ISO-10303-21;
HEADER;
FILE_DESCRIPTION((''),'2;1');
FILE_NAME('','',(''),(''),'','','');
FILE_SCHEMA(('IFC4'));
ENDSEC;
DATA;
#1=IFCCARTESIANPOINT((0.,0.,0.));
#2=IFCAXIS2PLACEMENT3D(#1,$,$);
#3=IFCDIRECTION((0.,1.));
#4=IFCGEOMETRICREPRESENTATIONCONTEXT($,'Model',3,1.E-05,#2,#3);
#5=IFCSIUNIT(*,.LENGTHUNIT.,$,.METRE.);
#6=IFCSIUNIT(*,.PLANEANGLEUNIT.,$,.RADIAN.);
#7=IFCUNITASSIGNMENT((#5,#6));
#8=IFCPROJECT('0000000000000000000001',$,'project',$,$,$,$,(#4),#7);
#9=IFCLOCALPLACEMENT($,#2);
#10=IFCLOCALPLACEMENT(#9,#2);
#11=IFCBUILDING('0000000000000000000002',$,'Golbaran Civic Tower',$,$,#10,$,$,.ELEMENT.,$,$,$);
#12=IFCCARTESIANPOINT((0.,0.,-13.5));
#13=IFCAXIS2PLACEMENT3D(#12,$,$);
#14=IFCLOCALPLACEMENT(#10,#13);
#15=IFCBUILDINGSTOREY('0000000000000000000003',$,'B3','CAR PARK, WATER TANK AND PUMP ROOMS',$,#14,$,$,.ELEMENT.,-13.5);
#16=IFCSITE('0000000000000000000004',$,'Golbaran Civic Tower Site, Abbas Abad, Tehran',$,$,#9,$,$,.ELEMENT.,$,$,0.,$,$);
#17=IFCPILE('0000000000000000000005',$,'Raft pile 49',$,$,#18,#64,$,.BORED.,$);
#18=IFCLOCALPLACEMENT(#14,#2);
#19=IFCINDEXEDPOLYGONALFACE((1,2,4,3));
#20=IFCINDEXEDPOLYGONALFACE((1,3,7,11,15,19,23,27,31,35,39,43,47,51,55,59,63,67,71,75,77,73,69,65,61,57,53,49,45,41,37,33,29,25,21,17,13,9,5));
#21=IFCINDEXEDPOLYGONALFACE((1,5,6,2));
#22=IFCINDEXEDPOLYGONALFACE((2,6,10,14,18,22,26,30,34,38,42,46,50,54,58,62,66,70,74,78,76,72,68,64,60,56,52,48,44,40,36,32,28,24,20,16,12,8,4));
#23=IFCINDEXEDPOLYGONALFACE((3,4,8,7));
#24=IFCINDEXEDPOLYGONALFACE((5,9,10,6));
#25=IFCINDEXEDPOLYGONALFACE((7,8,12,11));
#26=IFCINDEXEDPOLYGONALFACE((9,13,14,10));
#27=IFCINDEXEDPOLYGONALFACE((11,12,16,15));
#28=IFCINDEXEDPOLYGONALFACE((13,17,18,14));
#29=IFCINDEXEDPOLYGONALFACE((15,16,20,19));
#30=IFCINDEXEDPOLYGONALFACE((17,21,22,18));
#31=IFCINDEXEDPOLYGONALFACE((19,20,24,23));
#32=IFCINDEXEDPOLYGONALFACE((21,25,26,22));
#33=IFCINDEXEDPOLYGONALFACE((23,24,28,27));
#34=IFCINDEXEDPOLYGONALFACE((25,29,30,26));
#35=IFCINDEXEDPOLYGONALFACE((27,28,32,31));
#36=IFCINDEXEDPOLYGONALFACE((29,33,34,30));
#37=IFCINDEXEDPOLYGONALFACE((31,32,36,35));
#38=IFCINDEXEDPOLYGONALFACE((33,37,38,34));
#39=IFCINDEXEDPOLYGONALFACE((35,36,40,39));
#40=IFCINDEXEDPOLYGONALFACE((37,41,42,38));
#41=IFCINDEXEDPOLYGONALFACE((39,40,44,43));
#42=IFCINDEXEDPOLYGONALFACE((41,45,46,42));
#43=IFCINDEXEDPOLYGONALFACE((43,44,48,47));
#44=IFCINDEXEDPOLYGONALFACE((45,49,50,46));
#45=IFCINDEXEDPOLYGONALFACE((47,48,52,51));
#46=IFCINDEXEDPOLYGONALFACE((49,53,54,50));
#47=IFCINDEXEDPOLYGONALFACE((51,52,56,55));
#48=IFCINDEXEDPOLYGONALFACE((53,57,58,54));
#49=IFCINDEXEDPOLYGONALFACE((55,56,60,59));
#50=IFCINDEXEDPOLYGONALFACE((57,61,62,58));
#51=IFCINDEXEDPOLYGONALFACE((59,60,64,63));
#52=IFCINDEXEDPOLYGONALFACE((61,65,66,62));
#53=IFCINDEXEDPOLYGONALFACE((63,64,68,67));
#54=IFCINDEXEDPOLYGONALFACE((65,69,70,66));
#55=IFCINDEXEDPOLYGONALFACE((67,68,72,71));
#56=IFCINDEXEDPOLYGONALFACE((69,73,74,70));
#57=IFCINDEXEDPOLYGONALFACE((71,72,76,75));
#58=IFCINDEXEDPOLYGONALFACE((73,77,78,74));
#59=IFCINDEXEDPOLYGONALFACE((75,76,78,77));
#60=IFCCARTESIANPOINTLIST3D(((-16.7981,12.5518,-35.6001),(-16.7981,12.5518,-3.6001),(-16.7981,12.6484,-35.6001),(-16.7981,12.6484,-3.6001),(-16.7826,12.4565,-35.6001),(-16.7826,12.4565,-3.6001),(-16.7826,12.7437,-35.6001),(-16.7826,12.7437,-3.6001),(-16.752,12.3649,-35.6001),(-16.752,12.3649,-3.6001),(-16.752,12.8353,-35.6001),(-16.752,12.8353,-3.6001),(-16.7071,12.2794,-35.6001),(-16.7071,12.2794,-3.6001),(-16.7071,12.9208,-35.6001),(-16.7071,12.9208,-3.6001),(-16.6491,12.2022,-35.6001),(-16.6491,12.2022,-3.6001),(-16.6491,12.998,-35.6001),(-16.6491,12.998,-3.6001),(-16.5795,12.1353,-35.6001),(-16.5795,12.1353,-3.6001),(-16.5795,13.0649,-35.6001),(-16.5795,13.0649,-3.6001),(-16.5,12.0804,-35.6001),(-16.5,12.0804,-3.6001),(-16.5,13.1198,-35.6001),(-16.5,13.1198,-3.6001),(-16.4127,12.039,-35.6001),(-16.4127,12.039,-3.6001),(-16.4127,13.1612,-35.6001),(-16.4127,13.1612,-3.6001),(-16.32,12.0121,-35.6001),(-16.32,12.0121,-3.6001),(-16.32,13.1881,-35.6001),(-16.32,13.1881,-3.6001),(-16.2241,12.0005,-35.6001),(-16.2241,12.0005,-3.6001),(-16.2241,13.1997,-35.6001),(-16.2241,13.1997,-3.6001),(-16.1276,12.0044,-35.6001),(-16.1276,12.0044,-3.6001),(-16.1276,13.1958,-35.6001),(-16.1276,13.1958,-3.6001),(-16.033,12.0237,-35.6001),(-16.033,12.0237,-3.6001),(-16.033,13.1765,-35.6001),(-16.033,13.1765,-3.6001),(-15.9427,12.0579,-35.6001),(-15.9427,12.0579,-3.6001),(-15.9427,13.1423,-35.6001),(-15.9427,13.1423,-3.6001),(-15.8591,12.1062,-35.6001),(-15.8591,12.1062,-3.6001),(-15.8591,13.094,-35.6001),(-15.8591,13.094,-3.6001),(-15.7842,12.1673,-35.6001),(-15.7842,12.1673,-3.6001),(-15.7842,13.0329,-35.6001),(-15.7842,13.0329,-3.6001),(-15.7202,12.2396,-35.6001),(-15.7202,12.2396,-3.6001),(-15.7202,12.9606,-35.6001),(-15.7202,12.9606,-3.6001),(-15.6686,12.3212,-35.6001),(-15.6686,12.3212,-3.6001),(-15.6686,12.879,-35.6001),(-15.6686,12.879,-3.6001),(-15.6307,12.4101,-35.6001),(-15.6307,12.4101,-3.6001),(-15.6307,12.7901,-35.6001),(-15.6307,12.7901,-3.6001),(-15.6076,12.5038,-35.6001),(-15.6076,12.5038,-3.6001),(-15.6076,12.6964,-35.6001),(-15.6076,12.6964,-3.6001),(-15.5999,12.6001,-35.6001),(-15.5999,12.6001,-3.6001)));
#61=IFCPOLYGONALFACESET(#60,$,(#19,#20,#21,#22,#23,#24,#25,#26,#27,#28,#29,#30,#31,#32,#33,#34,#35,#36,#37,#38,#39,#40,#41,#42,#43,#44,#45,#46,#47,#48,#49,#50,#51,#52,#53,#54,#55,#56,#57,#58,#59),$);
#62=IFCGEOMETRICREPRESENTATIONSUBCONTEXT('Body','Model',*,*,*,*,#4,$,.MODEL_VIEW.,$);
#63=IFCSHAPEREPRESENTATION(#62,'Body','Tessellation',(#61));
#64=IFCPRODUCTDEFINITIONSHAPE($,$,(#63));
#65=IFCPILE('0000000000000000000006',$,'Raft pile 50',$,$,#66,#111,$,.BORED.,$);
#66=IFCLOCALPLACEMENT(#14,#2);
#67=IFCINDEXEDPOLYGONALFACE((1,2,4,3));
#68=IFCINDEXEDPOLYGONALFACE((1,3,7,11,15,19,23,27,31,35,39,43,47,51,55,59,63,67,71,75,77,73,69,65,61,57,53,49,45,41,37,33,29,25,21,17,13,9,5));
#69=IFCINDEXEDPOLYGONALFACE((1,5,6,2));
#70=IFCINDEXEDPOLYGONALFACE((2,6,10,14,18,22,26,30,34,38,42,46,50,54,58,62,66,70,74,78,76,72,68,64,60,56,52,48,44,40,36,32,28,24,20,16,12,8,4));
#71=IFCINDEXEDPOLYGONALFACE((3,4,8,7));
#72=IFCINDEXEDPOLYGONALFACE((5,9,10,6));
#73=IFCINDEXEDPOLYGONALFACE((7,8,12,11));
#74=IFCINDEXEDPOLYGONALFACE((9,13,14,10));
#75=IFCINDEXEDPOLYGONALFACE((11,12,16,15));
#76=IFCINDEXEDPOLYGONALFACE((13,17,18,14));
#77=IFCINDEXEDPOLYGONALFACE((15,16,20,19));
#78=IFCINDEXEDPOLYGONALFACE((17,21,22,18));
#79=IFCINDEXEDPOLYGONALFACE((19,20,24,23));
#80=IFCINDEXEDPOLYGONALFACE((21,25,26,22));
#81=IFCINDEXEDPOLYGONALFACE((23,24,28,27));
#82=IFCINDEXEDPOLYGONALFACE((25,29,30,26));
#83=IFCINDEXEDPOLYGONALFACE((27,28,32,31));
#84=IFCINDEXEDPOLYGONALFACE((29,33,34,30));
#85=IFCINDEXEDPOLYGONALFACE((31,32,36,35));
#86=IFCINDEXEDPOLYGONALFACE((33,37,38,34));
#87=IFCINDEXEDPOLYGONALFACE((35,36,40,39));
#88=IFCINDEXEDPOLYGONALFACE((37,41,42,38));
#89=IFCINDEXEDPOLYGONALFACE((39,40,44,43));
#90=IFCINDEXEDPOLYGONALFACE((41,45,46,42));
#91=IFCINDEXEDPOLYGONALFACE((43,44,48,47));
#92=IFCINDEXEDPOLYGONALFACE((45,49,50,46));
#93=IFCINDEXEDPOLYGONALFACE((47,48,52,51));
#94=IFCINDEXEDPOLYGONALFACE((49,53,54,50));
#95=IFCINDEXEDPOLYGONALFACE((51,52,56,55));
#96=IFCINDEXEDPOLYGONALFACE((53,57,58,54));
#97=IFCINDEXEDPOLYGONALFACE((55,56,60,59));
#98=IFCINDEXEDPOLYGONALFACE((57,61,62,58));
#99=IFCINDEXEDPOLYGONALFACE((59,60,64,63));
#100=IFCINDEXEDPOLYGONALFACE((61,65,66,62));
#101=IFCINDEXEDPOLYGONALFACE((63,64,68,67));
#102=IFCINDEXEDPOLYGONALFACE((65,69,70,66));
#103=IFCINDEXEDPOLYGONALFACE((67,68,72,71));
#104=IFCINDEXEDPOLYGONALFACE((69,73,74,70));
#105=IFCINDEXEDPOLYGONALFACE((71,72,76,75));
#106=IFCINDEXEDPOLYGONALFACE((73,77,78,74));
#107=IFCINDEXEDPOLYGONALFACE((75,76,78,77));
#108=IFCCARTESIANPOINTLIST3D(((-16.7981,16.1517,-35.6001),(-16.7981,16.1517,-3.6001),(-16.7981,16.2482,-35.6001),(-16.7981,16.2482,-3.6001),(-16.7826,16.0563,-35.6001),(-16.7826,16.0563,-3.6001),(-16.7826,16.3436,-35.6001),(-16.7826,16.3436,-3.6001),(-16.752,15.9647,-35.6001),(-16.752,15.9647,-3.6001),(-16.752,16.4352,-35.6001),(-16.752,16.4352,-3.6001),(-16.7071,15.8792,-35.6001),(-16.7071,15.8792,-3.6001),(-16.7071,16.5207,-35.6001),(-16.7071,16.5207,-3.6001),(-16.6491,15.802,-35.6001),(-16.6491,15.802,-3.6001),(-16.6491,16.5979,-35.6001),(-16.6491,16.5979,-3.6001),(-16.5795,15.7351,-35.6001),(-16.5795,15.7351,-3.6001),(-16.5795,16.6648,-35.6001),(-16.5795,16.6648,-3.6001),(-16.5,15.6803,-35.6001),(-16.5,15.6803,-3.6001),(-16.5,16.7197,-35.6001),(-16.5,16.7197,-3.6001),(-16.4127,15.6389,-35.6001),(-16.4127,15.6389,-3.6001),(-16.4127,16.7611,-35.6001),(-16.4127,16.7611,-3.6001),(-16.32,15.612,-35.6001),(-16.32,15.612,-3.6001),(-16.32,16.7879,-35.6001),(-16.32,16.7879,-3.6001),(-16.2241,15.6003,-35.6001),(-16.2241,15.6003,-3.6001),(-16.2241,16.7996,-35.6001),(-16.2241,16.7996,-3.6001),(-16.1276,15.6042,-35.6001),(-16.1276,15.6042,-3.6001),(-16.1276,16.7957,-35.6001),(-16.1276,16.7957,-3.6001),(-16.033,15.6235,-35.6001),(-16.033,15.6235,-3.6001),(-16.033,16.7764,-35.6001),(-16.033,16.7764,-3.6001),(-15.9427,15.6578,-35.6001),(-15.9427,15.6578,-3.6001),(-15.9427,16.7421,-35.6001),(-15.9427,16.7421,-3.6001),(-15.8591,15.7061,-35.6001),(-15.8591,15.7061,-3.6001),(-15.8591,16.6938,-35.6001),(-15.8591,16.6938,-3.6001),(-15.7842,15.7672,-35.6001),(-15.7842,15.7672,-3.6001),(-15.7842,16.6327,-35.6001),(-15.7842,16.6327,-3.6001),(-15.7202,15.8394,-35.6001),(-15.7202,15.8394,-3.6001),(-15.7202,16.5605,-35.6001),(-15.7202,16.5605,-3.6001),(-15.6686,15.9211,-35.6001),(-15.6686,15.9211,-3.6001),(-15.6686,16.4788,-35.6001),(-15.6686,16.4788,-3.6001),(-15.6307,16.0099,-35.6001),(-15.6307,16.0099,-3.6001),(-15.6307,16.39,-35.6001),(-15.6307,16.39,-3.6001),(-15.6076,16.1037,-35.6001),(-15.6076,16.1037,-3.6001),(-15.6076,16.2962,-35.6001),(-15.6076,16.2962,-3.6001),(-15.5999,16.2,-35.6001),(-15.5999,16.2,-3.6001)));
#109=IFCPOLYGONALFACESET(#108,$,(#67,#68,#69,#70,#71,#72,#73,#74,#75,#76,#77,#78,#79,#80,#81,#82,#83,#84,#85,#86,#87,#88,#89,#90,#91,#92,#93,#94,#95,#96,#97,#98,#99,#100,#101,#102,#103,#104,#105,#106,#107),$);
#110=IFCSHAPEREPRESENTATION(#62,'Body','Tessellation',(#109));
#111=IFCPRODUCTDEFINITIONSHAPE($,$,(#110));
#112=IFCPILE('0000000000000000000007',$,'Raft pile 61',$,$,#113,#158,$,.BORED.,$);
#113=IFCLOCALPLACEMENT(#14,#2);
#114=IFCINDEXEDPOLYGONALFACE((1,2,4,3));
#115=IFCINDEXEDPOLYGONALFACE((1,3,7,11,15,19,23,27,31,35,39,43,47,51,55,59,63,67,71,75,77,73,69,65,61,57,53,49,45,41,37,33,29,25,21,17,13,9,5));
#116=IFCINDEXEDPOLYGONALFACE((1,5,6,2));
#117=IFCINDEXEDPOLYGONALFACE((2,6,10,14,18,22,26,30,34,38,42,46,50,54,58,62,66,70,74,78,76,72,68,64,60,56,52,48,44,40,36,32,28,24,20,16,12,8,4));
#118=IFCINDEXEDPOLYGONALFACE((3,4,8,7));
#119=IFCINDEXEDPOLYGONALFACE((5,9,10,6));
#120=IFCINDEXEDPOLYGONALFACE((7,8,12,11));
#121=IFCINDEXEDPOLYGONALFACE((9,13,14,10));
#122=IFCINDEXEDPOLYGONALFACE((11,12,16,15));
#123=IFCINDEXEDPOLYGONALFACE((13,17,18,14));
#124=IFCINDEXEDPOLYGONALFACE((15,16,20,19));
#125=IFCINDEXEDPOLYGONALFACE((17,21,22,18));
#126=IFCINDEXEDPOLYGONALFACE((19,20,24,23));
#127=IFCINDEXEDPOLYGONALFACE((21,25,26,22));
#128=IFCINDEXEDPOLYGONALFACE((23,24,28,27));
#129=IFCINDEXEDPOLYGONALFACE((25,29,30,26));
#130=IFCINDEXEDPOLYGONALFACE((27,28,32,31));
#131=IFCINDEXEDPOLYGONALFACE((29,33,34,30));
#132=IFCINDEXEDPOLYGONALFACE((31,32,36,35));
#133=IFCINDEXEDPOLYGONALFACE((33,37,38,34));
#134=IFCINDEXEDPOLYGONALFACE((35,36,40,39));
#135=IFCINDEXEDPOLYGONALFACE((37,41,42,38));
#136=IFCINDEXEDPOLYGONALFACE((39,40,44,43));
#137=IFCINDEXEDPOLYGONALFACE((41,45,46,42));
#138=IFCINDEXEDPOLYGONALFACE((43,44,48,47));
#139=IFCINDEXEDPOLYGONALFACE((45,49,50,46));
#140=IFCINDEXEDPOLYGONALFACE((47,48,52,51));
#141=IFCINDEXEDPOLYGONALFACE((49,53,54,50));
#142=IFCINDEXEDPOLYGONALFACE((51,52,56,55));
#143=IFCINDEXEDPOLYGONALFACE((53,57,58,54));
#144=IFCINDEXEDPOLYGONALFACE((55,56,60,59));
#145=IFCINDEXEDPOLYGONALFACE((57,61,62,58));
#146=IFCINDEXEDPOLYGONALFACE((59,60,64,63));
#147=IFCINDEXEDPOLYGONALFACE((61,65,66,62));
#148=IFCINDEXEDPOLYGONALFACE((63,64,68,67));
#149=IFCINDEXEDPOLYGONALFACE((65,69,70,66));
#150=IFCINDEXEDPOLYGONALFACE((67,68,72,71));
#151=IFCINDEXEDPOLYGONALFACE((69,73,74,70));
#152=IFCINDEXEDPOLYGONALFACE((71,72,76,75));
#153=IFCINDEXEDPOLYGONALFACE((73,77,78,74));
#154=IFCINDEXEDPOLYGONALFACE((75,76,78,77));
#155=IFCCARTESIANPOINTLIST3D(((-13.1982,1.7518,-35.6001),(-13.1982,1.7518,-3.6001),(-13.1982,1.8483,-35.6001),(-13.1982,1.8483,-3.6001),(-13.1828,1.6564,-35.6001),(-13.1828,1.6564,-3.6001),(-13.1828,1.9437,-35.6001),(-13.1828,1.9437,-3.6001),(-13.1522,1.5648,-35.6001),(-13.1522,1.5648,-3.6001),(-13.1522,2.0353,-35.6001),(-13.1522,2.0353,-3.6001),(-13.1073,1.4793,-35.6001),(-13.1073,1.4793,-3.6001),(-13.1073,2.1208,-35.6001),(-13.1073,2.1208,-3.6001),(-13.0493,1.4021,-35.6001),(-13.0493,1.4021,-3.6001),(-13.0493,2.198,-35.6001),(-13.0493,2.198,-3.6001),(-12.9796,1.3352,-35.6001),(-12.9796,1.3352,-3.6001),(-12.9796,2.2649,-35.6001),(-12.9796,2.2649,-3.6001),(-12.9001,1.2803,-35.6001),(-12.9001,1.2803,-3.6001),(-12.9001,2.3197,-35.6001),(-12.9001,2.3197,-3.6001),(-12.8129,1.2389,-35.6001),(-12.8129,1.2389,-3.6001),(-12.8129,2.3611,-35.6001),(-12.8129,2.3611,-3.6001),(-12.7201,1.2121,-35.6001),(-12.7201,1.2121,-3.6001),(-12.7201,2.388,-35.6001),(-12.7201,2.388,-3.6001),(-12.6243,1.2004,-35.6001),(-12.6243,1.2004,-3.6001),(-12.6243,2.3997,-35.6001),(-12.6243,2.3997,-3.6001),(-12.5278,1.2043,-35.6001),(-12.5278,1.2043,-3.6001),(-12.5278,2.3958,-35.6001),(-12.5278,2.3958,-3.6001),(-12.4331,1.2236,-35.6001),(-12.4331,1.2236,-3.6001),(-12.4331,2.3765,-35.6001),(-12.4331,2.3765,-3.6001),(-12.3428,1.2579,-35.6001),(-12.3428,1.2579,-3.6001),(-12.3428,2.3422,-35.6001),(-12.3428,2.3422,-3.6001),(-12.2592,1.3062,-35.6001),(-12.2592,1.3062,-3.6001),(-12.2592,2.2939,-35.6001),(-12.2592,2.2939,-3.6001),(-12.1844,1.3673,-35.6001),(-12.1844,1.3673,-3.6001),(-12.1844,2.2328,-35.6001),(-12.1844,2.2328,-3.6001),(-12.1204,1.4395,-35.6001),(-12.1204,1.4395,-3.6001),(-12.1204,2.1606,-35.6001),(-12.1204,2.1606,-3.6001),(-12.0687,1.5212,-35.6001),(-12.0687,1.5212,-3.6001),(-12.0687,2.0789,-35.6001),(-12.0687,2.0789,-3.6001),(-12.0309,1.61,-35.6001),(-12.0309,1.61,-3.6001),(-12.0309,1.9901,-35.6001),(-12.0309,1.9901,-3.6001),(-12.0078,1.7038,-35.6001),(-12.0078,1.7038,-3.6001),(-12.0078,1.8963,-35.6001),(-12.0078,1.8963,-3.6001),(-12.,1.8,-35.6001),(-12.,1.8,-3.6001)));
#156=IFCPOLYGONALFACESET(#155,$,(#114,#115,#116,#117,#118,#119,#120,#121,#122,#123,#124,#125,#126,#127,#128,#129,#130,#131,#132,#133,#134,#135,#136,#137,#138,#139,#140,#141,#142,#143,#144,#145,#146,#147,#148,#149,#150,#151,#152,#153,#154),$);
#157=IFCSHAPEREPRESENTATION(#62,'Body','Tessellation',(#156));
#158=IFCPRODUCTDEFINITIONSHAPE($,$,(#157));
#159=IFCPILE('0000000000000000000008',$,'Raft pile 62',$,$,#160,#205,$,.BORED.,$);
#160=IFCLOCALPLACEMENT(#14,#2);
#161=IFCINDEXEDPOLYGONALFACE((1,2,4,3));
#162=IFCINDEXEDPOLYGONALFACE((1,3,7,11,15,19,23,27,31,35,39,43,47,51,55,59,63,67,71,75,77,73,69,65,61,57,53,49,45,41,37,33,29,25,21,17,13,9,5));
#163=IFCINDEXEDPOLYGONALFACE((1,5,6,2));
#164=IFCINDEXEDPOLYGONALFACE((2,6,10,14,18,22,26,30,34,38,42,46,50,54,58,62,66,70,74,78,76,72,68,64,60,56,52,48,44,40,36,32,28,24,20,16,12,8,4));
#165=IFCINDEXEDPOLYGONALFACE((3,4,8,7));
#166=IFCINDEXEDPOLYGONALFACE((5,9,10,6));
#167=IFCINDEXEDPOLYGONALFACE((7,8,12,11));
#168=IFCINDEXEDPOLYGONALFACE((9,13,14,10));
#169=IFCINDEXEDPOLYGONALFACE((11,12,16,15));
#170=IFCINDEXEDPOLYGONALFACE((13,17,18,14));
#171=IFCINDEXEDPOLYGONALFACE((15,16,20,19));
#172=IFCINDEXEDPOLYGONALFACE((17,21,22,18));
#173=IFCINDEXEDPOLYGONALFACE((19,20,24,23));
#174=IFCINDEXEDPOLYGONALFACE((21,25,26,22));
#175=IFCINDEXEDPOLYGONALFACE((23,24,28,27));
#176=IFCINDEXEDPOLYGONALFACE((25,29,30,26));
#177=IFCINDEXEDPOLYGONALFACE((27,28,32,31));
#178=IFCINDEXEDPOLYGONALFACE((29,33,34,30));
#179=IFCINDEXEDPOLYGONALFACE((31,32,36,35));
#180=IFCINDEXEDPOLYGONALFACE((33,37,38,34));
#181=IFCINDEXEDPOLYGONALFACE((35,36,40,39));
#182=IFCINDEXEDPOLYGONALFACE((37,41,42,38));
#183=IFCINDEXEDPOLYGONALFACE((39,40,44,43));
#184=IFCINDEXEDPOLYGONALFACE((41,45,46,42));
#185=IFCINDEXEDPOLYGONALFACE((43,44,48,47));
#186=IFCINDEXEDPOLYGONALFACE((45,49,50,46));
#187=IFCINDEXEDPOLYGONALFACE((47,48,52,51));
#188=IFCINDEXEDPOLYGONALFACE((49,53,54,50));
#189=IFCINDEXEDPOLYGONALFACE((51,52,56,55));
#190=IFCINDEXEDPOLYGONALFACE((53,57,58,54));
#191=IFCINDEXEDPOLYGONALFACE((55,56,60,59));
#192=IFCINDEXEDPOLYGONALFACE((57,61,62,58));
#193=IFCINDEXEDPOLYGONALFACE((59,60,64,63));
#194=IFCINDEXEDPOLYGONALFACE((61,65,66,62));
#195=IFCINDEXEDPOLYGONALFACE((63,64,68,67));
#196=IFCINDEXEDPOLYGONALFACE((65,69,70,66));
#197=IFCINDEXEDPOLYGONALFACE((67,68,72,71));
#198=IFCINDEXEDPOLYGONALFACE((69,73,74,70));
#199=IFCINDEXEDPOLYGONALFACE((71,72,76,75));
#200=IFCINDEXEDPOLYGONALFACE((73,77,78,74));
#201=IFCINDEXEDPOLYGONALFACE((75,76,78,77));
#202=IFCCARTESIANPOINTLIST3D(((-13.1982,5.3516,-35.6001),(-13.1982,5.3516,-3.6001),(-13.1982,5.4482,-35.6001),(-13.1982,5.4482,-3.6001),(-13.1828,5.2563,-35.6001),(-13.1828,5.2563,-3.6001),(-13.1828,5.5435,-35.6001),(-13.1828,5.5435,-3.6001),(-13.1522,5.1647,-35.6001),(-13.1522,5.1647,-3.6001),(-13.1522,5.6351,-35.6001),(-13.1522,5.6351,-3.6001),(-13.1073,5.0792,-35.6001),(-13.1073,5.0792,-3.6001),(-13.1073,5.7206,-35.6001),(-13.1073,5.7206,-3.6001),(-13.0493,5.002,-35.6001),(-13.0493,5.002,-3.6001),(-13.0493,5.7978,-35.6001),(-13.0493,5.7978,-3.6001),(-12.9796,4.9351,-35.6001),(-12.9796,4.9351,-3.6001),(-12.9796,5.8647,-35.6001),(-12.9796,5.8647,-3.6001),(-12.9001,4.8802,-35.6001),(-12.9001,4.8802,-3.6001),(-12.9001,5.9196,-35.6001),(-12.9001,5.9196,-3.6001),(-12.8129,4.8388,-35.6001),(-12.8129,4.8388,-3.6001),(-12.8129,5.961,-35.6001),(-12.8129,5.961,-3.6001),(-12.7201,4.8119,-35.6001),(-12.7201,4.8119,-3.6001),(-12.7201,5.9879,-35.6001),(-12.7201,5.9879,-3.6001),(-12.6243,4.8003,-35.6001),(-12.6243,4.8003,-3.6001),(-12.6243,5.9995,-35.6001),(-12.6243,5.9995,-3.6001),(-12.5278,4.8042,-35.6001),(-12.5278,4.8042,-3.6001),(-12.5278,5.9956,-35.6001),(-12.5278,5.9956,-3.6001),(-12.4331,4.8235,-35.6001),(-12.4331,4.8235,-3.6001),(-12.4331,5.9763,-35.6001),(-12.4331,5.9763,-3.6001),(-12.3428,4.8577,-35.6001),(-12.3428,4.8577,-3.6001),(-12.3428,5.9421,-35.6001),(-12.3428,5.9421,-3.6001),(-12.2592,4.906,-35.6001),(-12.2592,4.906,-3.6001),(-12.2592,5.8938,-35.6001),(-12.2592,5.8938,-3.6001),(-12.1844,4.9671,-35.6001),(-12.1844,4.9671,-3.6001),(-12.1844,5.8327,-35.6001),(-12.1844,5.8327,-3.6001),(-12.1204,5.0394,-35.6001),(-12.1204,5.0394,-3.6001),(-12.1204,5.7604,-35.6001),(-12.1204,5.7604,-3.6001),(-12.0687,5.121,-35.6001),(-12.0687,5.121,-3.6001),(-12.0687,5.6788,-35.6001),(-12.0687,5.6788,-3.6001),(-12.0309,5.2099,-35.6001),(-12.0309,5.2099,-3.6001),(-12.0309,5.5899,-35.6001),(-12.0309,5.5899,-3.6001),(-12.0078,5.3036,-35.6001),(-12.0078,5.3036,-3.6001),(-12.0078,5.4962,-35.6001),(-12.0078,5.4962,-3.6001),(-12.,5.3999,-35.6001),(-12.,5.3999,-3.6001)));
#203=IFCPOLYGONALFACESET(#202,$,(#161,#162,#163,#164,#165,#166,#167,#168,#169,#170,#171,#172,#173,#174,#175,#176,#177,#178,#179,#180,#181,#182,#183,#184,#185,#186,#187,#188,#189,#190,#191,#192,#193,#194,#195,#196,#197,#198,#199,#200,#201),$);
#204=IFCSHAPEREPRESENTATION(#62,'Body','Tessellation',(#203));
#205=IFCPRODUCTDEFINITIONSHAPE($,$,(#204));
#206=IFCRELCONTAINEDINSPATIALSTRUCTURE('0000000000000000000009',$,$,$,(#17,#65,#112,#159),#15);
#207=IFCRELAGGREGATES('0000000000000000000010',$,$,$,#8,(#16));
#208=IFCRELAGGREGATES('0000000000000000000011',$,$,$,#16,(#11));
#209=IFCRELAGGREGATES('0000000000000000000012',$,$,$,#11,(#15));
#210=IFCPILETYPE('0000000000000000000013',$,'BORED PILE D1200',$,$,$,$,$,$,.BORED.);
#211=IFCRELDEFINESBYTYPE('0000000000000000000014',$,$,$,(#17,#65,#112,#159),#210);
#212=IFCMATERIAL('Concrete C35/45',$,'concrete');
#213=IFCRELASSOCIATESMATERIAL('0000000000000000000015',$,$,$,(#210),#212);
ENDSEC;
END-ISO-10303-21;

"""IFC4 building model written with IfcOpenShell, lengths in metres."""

from ifc_helpers import new_model, si_unit, direction, frame, origin, origin_2d, place, context, subcontext, project, spatial, circle, extrude, material, material_profile, profile_set, type_object, element, save


model = new_model("IFC4")

# Units and contexts
model_context = context("Model", 3, precision=1e-05, world=origin(), true_north=direction((0.0, 1.0)))
body_context = subcontext(model_context, "Body", "Model", "MODEL_VIEW")
ifc_project = project(units=[si_unit("LENGTHUNIT", "METRE"), si_unit("PLANEANGLEUNIT", "RADIAN")], contexts=[model_context])

# Site, building, storey
site_placement = place(None, origin())
site = spatial("IfcSite", under=ifc_project, at=site_placement, Name="Golbaran Civic Tower Site, Abbas Abad, Tehran", CompositionType="ELEMENT", RefElevation=0.0)
building_placement = place(site_placement, origin())
building = spatial("IfcBuilding", under=site, at=building_placement, Name="Golbaran Civic Tower", CompositionType="ELEMENT")
storey_placement = place(building_placement, frame((0.0, 0.0, -13.5)))
storey = spatial("IfcBuildingStorey", under=building, at=storey_placement, Name="B3", Description="CAR PARK, WATER TANK AND PUMP ROOMS", CompositionType="ELEMENT", Elevation=-13.5)

# Piles
ifc_material_1 = material(Name="Concrete C35/45", Category="concrete")
ifc_material_profile_1 = material_profile(ifc_material_1, circle(Radius=0.6001, at=origin_2d()), Name="BORED PILE D1200")
ifc_profile_set_1 = profile_set([ifc_material_profile_1], Name="Concrete C35/45")
pile_type = type_object("IfcPileType", Name="BORED PILE D1200", PredefinedType="BORED", material=ifc_profile_set_1)
for number, where, z_axis, x_axis, name in (
    (1, (-16.2, 12.6001, -3.6001), (0.0, 0.0, -1.0), (1.0, 0.0, 0.0), "Raft pile 49"),
    (2, (-16.2, 16.2, -3.6001), (0.0, 0.0, -1.0), (1.0, 0.0, 0.0), "Raft pile 50"),
    (3, (-12.6001, 1.8, -3.6001), (0.0, 0.0, -1.0), (1.0, 0.0, 0.0), "Raft pile 61"),
    (4, (-12.6001, 5.3999, -3.6001), (0.0, 0.0, -1.0), (1.0, 0.0, 0.0), "Raft pile 62"),
):
    element("IfcPile", number, at=place(storey_placement, frame(where, z_axis=z_axis, x_axis=x_axis)), inside=storey, type_object=pile_type, Name=name, PredefinedType="BORED", context=body_context, shape_type="SweptSolid", body=[
        extrude(circle(Radius=0.6001, at=origin_2d()), origin(), (0.0, 0.0, 1.0), 32.0),
    ])

save(model, "model.ifc")
